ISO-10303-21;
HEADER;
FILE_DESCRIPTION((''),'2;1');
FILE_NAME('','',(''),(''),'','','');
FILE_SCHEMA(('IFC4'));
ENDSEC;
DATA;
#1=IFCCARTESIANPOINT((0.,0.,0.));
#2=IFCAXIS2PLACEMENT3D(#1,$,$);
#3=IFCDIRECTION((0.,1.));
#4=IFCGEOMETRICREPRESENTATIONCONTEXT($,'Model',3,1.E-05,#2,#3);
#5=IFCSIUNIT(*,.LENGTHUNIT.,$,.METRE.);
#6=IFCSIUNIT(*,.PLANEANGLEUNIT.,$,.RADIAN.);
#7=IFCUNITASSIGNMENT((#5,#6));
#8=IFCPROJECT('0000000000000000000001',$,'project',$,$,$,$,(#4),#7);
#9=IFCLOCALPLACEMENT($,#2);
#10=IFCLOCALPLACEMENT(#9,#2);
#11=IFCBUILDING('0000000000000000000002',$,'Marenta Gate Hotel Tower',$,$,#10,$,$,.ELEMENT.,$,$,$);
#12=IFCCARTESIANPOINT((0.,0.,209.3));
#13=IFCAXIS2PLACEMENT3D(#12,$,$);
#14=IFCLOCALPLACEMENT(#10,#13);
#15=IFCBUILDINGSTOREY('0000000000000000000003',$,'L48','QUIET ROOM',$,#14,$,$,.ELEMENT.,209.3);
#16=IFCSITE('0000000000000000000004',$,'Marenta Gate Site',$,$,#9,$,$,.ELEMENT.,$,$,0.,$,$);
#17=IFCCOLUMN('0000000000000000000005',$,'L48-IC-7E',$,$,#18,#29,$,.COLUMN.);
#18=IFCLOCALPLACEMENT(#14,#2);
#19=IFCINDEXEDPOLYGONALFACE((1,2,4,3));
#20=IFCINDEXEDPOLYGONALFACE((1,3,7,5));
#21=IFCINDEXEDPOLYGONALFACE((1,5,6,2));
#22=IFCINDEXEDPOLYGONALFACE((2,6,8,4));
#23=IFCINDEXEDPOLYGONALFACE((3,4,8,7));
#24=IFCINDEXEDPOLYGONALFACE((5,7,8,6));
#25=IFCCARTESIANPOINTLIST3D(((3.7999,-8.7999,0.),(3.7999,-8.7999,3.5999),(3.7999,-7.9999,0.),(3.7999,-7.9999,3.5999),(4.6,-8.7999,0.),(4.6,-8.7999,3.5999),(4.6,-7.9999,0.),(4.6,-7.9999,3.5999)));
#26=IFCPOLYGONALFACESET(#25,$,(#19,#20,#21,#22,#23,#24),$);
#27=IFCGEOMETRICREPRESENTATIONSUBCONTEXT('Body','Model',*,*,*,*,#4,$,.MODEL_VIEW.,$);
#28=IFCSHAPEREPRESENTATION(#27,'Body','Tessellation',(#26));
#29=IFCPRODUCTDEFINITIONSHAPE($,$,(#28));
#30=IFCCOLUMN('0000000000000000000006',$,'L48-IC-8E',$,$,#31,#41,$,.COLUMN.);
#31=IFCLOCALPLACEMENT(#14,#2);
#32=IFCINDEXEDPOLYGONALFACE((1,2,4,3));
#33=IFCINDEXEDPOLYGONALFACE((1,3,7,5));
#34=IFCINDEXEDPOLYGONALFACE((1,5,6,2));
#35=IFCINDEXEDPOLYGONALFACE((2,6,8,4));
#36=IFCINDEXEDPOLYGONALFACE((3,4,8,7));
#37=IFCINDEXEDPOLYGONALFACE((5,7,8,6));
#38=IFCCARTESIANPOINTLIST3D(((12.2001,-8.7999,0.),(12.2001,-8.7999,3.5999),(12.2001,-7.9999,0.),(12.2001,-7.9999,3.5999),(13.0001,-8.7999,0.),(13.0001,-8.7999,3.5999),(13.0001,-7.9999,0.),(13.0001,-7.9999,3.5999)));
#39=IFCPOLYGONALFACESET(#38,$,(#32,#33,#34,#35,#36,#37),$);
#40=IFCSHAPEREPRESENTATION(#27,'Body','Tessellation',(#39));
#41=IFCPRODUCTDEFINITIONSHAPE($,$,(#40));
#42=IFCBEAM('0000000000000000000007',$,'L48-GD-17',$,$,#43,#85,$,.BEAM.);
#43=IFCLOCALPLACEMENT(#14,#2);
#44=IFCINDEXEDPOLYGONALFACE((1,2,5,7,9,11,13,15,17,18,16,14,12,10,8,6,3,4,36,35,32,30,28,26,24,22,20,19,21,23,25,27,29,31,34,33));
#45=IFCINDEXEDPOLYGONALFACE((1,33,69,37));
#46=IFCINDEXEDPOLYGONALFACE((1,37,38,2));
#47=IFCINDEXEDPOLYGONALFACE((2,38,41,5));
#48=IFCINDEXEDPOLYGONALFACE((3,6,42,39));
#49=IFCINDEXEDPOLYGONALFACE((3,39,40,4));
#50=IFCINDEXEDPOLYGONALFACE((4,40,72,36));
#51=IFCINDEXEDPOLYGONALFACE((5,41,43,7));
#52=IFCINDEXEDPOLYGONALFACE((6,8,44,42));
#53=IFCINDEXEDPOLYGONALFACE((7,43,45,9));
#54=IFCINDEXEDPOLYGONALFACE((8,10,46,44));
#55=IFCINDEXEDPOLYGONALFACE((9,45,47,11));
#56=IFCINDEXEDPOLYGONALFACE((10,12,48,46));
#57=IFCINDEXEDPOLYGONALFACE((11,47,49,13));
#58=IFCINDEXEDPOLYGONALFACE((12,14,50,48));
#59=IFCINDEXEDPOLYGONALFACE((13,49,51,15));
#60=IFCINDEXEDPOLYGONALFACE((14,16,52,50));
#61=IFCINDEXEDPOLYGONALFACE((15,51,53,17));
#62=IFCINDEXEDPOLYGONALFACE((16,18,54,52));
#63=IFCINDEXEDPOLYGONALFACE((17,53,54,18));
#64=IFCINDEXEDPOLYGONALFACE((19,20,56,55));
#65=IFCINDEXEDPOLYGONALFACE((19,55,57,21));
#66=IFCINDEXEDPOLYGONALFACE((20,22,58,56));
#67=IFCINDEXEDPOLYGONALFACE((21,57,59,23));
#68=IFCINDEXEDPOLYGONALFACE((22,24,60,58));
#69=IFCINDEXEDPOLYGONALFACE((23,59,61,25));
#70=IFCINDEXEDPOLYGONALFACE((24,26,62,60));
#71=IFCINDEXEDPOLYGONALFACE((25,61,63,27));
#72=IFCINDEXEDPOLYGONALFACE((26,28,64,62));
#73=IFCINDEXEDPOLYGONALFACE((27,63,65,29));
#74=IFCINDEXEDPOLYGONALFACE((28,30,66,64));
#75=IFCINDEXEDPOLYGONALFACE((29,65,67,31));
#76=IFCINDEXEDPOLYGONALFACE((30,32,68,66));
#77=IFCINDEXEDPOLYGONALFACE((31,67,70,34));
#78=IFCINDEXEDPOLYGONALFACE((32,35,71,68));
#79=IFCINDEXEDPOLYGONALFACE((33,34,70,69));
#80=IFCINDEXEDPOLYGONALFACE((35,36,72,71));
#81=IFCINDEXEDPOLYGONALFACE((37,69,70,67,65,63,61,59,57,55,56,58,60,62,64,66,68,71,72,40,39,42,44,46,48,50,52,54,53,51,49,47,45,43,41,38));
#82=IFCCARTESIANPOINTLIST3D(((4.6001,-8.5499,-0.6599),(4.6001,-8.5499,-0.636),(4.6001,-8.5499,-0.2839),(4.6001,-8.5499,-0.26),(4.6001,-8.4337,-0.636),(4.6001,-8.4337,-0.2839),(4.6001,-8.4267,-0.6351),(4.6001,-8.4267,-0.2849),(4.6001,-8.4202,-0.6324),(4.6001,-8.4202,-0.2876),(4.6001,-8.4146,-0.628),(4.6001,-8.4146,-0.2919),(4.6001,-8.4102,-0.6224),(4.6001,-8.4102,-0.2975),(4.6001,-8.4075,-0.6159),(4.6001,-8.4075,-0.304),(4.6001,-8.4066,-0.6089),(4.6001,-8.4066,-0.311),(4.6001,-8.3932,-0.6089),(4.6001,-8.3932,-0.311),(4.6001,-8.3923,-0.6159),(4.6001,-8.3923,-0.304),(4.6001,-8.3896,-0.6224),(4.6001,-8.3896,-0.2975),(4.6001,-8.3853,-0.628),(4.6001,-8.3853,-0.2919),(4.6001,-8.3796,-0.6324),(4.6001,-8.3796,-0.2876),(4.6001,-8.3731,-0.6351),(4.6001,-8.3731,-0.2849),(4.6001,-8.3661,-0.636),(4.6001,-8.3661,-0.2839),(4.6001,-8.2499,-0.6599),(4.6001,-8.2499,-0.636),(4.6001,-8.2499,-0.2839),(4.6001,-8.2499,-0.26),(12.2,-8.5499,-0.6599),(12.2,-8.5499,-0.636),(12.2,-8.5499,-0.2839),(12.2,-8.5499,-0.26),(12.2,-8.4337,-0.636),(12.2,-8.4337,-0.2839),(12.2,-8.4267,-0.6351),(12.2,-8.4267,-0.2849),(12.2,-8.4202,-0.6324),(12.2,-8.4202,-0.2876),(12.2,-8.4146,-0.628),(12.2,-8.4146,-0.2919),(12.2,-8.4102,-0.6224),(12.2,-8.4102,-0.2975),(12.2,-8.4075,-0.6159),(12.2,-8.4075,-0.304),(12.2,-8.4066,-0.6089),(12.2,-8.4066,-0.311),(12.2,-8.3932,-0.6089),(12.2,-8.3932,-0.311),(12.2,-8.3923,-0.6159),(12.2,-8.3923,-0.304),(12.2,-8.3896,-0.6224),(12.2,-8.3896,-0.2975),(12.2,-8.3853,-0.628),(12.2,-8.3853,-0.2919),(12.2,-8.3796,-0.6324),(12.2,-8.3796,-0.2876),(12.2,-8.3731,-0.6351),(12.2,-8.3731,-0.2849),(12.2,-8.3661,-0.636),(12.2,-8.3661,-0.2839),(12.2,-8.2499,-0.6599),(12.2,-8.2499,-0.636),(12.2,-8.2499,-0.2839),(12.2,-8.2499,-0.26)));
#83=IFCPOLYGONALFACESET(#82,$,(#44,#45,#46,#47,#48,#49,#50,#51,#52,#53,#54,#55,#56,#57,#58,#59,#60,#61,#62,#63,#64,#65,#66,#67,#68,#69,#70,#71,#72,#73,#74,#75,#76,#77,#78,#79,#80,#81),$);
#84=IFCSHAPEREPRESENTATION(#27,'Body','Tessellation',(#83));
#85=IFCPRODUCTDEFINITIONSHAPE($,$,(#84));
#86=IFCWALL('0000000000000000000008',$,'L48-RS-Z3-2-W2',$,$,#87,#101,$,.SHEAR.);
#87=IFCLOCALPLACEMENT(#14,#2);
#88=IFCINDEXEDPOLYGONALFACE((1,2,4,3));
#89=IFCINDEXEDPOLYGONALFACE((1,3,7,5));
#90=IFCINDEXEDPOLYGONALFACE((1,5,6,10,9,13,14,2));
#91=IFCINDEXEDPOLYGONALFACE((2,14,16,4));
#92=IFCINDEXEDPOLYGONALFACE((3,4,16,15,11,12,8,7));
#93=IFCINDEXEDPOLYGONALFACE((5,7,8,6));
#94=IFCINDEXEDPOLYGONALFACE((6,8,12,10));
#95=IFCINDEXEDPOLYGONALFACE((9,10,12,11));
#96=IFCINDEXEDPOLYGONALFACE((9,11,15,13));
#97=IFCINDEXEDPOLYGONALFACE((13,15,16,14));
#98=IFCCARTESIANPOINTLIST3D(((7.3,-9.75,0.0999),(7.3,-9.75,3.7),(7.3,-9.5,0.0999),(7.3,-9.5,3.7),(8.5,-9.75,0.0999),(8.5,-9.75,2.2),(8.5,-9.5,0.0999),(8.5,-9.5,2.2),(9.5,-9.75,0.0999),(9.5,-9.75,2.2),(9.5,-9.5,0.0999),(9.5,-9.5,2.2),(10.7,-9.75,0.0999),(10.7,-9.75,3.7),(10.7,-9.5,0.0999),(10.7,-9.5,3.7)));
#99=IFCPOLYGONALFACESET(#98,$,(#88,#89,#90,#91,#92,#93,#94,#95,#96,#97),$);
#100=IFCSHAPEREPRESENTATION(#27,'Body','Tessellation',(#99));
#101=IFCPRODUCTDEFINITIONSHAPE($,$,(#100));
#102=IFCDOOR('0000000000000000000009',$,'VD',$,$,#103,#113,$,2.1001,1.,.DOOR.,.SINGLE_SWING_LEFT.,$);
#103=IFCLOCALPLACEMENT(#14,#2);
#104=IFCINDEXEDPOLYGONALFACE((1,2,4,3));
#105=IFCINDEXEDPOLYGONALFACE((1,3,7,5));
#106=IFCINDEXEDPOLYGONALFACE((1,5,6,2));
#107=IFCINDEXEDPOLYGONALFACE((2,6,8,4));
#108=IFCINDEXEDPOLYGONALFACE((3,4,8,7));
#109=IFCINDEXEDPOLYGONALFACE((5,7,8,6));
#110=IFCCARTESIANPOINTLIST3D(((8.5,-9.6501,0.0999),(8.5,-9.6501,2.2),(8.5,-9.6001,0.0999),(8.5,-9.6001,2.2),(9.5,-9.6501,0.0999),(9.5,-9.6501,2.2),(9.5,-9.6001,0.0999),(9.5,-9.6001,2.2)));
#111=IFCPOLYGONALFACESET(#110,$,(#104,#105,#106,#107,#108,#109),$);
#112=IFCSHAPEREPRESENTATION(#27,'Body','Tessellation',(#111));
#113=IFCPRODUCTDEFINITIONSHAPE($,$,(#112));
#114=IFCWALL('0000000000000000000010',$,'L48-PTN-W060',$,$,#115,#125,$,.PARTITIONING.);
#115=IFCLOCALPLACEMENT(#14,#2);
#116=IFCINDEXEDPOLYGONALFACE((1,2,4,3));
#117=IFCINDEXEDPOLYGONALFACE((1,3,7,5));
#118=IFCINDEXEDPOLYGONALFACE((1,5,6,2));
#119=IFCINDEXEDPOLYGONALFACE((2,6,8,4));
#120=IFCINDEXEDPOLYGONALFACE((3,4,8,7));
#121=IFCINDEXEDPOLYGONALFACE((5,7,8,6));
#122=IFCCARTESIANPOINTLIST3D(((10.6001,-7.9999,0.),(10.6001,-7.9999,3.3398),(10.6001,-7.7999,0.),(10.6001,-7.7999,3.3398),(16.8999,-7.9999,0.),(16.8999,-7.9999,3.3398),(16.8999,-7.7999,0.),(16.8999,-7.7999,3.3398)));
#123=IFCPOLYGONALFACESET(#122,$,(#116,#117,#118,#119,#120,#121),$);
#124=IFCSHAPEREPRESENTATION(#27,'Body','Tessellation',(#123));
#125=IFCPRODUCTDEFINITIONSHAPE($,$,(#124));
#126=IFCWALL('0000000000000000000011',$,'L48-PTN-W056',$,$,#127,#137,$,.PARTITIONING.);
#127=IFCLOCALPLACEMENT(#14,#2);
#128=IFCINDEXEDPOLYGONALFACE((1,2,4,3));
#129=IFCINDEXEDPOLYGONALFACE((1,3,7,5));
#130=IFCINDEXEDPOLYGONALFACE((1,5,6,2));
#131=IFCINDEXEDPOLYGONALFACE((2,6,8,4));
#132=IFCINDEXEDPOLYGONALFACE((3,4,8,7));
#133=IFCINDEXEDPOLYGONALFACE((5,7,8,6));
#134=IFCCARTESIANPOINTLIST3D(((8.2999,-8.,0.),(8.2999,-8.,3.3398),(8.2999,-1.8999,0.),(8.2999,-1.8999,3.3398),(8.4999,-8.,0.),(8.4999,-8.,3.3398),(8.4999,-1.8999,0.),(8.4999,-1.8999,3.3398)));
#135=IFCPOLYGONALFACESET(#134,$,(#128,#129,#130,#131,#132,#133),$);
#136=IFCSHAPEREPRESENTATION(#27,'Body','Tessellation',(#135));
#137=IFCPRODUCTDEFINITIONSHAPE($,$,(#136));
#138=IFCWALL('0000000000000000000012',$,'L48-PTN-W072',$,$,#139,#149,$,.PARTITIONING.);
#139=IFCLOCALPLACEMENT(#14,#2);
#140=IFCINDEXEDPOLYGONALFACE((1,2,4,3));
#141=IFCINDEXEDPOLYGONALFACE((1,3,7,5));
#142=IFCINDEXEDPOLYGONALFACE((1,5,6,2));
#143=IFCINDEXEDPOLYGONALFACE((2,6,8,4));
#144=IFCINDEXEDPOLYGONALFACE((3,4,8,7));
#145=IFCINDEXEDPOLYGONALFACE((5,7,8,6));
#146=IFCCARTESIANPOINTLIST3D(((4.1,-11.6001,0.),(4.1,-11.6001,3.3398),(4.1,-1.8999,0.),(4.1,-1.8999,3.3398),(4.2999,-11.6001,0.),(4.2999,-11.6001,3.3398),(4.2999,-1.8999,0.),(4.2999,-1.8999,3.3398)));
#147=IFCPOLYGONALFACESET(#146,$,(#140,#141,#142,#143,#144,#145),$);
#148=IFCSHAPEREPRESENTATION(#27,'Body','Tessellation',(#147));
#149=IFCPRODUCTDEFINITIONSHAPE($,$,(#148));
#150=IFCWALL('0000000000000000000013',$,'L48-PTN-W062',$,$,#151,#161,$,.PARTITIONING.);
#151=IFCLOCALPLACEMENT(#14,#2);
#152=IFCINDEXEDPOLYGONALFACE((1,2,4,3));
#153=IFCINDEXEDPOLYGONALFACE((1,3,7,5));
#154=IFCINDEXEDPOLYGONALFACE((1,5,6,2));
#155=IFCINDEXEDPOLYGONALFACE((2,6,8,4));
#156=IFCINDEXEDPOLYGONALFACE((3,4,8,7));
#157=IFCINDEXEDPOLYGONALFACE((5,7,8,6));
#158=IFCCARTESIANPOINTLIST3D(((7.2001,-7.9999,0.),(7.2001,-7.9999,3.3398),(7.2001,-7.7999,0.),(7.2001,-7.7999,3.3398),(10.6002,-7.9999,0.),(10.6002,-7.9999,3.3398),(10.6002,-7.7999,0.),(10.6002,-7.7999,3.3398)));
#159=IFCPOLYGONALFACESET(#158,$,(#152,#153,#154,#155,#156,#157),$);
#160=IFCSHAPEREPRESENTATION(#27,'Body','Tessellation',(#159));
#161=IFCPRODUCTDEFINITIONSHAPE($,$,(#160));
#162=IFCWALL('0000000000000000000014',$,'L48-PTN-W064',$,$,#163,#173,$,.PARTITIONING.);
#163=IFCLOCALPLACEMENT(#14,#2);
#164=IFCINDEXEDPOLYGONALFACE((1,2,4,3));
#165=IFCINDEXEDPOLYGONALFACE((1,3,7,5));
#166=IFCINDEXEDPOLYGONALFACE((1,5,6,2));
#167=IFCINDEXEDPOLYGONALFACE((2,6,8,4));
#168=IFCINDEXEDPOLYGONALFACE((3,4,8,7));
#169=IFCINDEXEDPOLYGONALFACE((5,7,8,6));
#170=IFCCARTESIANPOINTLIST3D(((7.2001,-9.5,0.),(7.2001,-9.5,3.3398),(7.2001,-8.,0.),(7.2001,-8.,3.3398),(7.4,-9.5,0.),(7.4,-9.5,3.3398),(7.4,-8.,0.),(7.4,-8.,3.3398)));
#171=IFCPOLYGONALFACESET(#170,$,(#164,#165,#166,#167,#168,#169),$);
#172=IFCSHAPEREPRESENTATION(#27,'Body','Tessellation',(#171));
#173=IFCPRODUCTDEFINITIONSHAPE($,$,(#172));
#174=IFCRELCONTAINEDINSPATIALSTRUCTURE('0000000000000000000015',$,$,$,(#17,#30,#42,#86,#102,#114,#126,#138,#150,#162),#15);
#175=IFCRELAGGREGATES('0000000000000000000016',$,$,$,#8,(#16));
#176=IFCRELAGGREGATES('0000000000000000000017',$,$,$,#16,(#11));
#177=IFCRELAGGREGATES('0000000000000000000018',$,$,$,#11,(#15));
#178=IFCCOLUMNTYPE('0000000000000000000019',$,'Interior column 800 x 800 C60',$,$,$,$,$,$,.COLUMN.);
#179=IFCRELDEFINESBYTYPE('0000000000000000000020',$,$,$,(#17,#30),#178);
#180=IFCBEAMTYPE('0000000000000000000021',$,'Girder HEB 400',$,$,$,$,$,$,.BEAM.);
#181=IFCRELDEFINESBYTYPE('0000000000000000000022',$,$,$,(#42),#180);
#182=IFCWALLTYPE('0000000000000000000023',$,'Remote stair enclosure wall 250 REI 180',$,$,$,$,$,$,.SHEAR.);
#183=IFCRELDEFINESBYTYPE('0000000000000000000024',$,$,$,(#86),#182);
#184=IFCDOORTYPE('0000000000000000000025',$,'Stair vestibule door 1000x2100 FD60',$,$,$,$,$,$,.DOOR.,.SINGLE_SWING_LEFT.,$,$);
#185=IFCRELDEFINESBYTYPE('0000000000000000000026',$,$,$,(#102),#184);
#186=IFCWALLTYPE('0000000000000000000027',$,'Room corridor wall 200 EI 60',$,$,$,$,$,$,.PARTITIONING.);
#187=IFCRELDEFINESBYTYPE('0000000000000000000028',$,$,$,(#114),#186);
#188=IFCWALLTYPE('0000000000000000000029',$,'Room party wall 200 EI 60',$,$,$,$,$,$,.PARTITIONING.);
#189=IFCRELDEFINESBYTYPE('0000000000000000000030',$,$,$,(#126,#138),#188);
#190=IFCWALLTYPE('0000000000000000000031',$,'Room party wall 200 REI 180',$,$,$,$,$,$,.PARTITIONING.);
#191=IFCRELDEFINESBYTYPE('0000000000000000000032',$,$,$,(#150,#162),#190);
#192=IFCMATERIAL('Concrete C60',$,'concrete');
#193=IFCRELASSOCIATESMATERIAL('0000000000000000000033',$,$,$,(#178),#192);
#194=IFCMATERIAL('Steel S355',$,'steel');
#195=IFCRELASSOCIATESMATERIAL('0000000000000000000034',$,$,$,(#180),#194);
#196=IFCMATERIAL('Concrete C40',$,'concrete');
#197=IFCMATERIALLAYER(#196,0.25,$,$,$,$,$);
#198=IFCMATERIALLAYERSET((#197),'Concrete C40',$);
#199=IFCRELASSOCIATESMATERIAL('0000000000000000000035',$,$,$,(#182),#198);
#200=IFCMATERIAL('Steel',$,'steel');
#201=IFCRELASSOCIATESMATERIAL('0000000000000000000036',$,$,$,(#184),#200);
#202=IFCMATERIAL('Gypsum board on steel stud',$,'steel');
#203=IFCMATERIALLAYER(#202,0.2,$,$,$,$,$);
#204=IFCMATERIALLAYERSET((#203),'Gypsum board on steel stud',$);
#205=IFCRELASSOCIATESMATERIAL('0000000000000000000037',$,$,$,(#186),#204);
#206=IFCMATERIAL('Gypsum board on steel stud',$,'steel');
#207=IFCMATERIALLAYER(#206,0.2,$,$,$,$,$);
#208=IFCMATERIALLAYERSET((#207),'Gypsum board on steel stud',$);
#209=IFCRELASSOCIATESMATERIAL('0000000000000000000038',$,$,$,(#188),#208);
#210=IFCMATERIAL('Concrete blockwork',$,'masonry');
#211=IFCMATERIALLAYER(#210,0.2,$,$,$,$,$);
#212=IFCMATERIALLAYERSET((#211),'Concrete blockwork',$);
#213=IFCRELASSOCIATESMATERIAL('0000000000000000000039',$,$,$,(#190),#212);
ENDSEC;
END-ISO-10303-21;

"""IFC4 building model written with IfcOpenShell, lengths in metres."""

from ifc_helpers import new_model, si_unit, direction, frame, frame_2d, origin, origin_2d, place, context, subcontext, project, spatial, rectangle, i_section, extrude, material, layer, layer_set, material_profile, profile_set, type_object, element, fill, save


model = new_model("IFC4")

# Units and contexts
model_context = context("Model", 3, precision=1e-05, world=origin(), true_north=direction((0.0, 1.0)))
body_context = subcontext(model_context, "Body", "Model", "MODEL_VIEW")
ifc_project = project(units=[si_unit("LENGTHUNIT", "METRE"), si_unit("PLANEANGLEUNIT", "RADIAN")], contexts=[model_context])

# Site, building, storey
site_placement = place(None, origin())
site = spatial("IfcSite", under=ifc_project, at=site_placement, Name="Marenta Gate Site", CompositionType="ELEMENT", RefElevation=0.0)
building_placement = place(site_placement, origin())
building = spatial("IfcBuilding", under=site, at=building_placement, Name="Marenta Gate Hotel Tower", CompositionType="ELEMENT")
storey_placement = place(building_placement, frame((0.0, 0.0, 209.3)))
storey = spatial("IfcBuildingStorey", under=building, at=storey_placement, Name="L48", Description="QUIET ROOM", CompositionType="ELEMENT", Elevation=209.3)

# Columns
ifc_material_1 = material(Name="Concrete C60", Category="concrete")
ifc_material_profile_1 = material_profile(ifc_material_1, rectangle(XDim=0.8, YDim=0.8, at=origin_2d()), Name="800 x 800")
ifc_profile_set_1 = profile_set([ifc_material_profile_1], Name="Concrete C60")
column_type = type_object("IfcColumnType", Name="Interior column 800 x 800 C60", PredefinedType="COLUMN", material=ifc_profile_set_1)
for number, where, z_axis, x_axis, name in (
    (1, (4.2, -8.3999, 0.0), (0.0, 0.0, 1.0), (1.0, 0.0, 0.0), "L48-IC-7E"),
    (2, (12.6001, -8.3999, 0.0), (0.0, 0.0, 1.0), (1.0, 0.0, 0.0), "L48-IC-8E"),
):
    element("IfcColumn", number, at=place(storey_placement, frame(where, z_axis=z_axis, x_axis=x_axis)), inside=storey, type_object=column_type, Name=name, PredefinedType="COLUMN", context=body_context, shape_type="SweptSolid", body=[
        extrude(rectangle(XDim=0.8, YDim=0.8, at=origin_2d()), origin(), (0.0, 0.0, 1.0), 3.5999),
    ])

# Beam
ifc_material_2 = material(Name="Steel S355", Category="steel")
ifc_material_profile_2 = material_profile(ifc_material_2, i_section(OverallWidth=0.3, OverallDepth=0.3999, WebThickness=0.0134, FlangeThickness=0.0239, FilletRadius=0.0271, at=origin_2d()), Name="HEB 400")
ifc_profile_set_2 = profile_set([ifc_material_profile_2], Name="Steel S355")
beam_type = type_object("IfcBeamType", Name="Girder HEB 400", PredefinedType="BEAM", material=ifc_profile_set_2)
beam_placement = place(storey_placement, frame((4.6001, -8.3999, -0.46), z_axis=(1.0, 0.0, 0.0), x_axis=(0.0, 1.0, 0.0)))
element("IfcBeam", 3, at=beam_placement, inside=storey, type_object=beam_type, Name="L48-GD-17", PredefinedType="BEAM", context=body_context, shape_type="SweptSolid", body=[
    extrude(i_section(OverallWidth=0.3, OverallDepth=0.3999, WebThickness=0.0134, FlangeThickness=0.0239, FilletRadius=0.0271, at=origin_2d()), origin(), (0.0, 0.0, 1.0), 7.5999),
])

# Wall, opening, door
ifc_material_3 = material(Name="Concrete C40", Category="concrete")
ifc_layer_1 = layer(ifc_material_3, 0.25)
ifc_layer_set_1 = layer_set([ifc_layer_1], Name="Concrete C40")
wall_type_1 = type_object("IfcWallType", Name="Remote stair enclosure wall 250 REI 180", PredefinedType="SHEAR", material=ifc_layer_set_1)
wall_1_placement = place(storey_placement, frame((7.3, -9.625, 0.0999), z_axis=(0.0, 0.0, 1.0), x_axis=(1.0, 0.0, 0.0)))
wall_1 = element("IfcWall", 4, at=wall_1_placement, inside=storey, type_object=wall_type_1, Name="L48-RS-Z3-2-W2", PredefinedType="SHEAR", context=body_context, shape_type="SweptSolid", body=[
    extrude(rectangle(XDim=3.3999, YDim=0.25, at=frame_2d((1.7, 0.0))), origin(), (0.0, 0.0, 1.0), 3.6001),
])
opening_1_placement = place(wall_1_placement, frame((1.2, 0.0, 0.0)))
opening_1 = element("IfcOpeningElement", 5, at=opening_1_placement, cuts=wall_1, PredefinedType="OPENING", context=body_context, shape_type="SweptSolid", body=[
    extrude(rectangle(XDim=1.0, YDim=2.1001, at=frame_2d((0.5, 1.05))), frame((0.0, 0.125, 0.0), z_axis=(0.0, -1.0, 0.0), x_axis=(1.0, 0.0, 0.0)), (0.0, 0.0, 1.0), 0.25),
])
ifc_material_4 = material(Name="Steel", Category="steel")
door_type_1 = type_object("IfcDoorType", Name="Stair vestibule door 1000x2100 FD60", OperationType="SINGLE_SWING_LEFT", PredefinedType="DOOR", material=ifc_material_4)
door_1_placement = place(opening_1_placement, origin())
door_1 = element("IfcDoor", 6, at=door_1_placement, inside=storey, type_object=door_type_1, Name="VD", OperationType="SINGLE_SWING_LEFT", OverallHeight=2.1001, OverallWidth=1.0, PredefinedType="DOOR", context=body_context, shape_type="SweptSolid", body=[
    extrude(rectangle(XDim=1.0, YDim=2.1001, at=frame_2d((0.5, 1.05))), frame((0.0, 0.0249, 0.0), z_axis=(0.0, -1.0, 0.0), x_axis=(1.0, 0.0, 0.0)), (0.0, 0.0, 1.0), 0.05),
])
fill(opening_1, door_1)
ifc_material_5 = material(Name="Gypsum board on steel stud", Category="steel")
ifc_layer_2 = layer(ifc_material_5, 0.2)
ifc_layer_set_2 = layer_set([ifc_layer_2], Name="Gypsum board on steel stud")
wall_type_2 = type_object("IfcWallType", Name="Room corridor wall 200 EI 60", PredefinedType="PARTITIONING", material=ifc_layer_set_2)

# Wall
wall_2_placement = place(storey_placement, frame((10.6001, -7.8999, 0.0), z_axis=(0.0, 0.0, 1.0), x_axis=(1.0, 0.0, 0.0)))
element("IfcWall", 7, at=wall_2_placement, inside=storey, type_object=wall_type_2, Name="L48-PTN-W060", PredefinedType="PARTITIONING", context=body_context, shape_type="SweptSolid", body=[
    extrude(rectangle(XDim=6.2998, YDim=0.2, at=frame_2d((3.1499, 0.0))), origin(), (0.0, 0.0, 1.0), 3.3398),
])

# Walls
ifc_material_6 = material(Name="Gypsum board on steel stud", Category="steel")
ifc_layer_3 = layer(ifc_material_6, 0.2)
ifc_layer_set_3 = layer_set([ifc_layer_3], Name="Gypsum board on steel stud")
wall_type_3 = type_object("IfcWallType", Name="Room party wall 200 EI 60", PredefinedType="PARTITIONING", material=ifc_layer_set_3)
wall_3_placement = place(storey_placement, frame((8.3999, -8.0, 0.0), z_axis=(0.0, 0.0, 1.0), x_axis=(0.0, 1.0, 0.0)))
element("IfcWall", 8, at=wall_3_placement, inside=storey, type_object=wall_type_3, Name="L48-PTN-W056", PredefinedType="PARTITIONING", context=body_context, shape_type="SweptSolid", body=[
    extrude(rectangle(XDim=6.1001, YDim=0.2, at=frame_2d((3.05, 0.0))), origin(), (0.0, 0.0, 1.0), 3.3398),
])
wall_4_placement = place(storey_placement, frame((4.2, -11.6001, 0.0), z_axis=(0.0, 0.0, 1.0), x_axis=(0.0, 1.0, 0.0)))
element("IfcWall", 9, at=wall_4_placement, inside=storey, type_object=wall_type_3, Name="L48-PTN-W072", PredefinedType="PARTITIONING", context=body_context, shape_type="SweptSolid", body=[
    extrude(rectangle(XDim=9.7002, YDim=0.2, at=frame_2d((4.8501, 0.0))), origin(), (0.0, 0.0, 1.0), 3.3398),
])
ifc_material_7 = material(Name="Concrete blockwork", Category="masonry")
ifc_layer_4 = layer(ifc_material_7, 0.2)
ifc_layer_set_4 = layer_set([ifc_layer_4], Name="Concrete blockwork")
wall_type_4 = type_object("IfcWallType", Name="Room party wall 200 REI 180", PredefinedType="PARTITIONING", material=ifc_layer_set_4)
wall_5_placement = place(storey_placement, frame((7.2, -7.8999, 0.0), z_axis=(0.0, 0.0, 1.0), x_axis=(1.0, 0.0, 0.0)))
element("IfcWall", 10, at=wall_5_placement, inside=storey, type_object=wall_type_4, Name="L48-PTN-W062", PredefinedType="PARTITIONING", context=body_context, shape_type="SweptSolid", body=[
    extrude(rectangle(XDim=3.4001, YDim=0.2, at=frame_2d((1.7002, 0.0))), origin(), (0.0, 0.0, 1.0), 3.3398),
])
wall_6_placement = place(storey_placement, frame((7.3, -9.5, 0.0), z_axis=(0.0, 0.0, 1.0), x_axis=(0.0, 1.0, 0.0)))
element("IfcWall", 11, at=wall_6_placement, inside=storey, type_object=wall_type_4, Name="L48-PTN-W064", PredefinedType="PARTITIONING", context=body_context, shape_type="SweptSolid", body=[
    extrude(rectangle(XDim=1.5, YDim=0.2, at=frame_2d((0.75, 0.0))), origin(), (0.0, 0.0, 1.0), 3.3398),
])

save(model, "model.ifc")
